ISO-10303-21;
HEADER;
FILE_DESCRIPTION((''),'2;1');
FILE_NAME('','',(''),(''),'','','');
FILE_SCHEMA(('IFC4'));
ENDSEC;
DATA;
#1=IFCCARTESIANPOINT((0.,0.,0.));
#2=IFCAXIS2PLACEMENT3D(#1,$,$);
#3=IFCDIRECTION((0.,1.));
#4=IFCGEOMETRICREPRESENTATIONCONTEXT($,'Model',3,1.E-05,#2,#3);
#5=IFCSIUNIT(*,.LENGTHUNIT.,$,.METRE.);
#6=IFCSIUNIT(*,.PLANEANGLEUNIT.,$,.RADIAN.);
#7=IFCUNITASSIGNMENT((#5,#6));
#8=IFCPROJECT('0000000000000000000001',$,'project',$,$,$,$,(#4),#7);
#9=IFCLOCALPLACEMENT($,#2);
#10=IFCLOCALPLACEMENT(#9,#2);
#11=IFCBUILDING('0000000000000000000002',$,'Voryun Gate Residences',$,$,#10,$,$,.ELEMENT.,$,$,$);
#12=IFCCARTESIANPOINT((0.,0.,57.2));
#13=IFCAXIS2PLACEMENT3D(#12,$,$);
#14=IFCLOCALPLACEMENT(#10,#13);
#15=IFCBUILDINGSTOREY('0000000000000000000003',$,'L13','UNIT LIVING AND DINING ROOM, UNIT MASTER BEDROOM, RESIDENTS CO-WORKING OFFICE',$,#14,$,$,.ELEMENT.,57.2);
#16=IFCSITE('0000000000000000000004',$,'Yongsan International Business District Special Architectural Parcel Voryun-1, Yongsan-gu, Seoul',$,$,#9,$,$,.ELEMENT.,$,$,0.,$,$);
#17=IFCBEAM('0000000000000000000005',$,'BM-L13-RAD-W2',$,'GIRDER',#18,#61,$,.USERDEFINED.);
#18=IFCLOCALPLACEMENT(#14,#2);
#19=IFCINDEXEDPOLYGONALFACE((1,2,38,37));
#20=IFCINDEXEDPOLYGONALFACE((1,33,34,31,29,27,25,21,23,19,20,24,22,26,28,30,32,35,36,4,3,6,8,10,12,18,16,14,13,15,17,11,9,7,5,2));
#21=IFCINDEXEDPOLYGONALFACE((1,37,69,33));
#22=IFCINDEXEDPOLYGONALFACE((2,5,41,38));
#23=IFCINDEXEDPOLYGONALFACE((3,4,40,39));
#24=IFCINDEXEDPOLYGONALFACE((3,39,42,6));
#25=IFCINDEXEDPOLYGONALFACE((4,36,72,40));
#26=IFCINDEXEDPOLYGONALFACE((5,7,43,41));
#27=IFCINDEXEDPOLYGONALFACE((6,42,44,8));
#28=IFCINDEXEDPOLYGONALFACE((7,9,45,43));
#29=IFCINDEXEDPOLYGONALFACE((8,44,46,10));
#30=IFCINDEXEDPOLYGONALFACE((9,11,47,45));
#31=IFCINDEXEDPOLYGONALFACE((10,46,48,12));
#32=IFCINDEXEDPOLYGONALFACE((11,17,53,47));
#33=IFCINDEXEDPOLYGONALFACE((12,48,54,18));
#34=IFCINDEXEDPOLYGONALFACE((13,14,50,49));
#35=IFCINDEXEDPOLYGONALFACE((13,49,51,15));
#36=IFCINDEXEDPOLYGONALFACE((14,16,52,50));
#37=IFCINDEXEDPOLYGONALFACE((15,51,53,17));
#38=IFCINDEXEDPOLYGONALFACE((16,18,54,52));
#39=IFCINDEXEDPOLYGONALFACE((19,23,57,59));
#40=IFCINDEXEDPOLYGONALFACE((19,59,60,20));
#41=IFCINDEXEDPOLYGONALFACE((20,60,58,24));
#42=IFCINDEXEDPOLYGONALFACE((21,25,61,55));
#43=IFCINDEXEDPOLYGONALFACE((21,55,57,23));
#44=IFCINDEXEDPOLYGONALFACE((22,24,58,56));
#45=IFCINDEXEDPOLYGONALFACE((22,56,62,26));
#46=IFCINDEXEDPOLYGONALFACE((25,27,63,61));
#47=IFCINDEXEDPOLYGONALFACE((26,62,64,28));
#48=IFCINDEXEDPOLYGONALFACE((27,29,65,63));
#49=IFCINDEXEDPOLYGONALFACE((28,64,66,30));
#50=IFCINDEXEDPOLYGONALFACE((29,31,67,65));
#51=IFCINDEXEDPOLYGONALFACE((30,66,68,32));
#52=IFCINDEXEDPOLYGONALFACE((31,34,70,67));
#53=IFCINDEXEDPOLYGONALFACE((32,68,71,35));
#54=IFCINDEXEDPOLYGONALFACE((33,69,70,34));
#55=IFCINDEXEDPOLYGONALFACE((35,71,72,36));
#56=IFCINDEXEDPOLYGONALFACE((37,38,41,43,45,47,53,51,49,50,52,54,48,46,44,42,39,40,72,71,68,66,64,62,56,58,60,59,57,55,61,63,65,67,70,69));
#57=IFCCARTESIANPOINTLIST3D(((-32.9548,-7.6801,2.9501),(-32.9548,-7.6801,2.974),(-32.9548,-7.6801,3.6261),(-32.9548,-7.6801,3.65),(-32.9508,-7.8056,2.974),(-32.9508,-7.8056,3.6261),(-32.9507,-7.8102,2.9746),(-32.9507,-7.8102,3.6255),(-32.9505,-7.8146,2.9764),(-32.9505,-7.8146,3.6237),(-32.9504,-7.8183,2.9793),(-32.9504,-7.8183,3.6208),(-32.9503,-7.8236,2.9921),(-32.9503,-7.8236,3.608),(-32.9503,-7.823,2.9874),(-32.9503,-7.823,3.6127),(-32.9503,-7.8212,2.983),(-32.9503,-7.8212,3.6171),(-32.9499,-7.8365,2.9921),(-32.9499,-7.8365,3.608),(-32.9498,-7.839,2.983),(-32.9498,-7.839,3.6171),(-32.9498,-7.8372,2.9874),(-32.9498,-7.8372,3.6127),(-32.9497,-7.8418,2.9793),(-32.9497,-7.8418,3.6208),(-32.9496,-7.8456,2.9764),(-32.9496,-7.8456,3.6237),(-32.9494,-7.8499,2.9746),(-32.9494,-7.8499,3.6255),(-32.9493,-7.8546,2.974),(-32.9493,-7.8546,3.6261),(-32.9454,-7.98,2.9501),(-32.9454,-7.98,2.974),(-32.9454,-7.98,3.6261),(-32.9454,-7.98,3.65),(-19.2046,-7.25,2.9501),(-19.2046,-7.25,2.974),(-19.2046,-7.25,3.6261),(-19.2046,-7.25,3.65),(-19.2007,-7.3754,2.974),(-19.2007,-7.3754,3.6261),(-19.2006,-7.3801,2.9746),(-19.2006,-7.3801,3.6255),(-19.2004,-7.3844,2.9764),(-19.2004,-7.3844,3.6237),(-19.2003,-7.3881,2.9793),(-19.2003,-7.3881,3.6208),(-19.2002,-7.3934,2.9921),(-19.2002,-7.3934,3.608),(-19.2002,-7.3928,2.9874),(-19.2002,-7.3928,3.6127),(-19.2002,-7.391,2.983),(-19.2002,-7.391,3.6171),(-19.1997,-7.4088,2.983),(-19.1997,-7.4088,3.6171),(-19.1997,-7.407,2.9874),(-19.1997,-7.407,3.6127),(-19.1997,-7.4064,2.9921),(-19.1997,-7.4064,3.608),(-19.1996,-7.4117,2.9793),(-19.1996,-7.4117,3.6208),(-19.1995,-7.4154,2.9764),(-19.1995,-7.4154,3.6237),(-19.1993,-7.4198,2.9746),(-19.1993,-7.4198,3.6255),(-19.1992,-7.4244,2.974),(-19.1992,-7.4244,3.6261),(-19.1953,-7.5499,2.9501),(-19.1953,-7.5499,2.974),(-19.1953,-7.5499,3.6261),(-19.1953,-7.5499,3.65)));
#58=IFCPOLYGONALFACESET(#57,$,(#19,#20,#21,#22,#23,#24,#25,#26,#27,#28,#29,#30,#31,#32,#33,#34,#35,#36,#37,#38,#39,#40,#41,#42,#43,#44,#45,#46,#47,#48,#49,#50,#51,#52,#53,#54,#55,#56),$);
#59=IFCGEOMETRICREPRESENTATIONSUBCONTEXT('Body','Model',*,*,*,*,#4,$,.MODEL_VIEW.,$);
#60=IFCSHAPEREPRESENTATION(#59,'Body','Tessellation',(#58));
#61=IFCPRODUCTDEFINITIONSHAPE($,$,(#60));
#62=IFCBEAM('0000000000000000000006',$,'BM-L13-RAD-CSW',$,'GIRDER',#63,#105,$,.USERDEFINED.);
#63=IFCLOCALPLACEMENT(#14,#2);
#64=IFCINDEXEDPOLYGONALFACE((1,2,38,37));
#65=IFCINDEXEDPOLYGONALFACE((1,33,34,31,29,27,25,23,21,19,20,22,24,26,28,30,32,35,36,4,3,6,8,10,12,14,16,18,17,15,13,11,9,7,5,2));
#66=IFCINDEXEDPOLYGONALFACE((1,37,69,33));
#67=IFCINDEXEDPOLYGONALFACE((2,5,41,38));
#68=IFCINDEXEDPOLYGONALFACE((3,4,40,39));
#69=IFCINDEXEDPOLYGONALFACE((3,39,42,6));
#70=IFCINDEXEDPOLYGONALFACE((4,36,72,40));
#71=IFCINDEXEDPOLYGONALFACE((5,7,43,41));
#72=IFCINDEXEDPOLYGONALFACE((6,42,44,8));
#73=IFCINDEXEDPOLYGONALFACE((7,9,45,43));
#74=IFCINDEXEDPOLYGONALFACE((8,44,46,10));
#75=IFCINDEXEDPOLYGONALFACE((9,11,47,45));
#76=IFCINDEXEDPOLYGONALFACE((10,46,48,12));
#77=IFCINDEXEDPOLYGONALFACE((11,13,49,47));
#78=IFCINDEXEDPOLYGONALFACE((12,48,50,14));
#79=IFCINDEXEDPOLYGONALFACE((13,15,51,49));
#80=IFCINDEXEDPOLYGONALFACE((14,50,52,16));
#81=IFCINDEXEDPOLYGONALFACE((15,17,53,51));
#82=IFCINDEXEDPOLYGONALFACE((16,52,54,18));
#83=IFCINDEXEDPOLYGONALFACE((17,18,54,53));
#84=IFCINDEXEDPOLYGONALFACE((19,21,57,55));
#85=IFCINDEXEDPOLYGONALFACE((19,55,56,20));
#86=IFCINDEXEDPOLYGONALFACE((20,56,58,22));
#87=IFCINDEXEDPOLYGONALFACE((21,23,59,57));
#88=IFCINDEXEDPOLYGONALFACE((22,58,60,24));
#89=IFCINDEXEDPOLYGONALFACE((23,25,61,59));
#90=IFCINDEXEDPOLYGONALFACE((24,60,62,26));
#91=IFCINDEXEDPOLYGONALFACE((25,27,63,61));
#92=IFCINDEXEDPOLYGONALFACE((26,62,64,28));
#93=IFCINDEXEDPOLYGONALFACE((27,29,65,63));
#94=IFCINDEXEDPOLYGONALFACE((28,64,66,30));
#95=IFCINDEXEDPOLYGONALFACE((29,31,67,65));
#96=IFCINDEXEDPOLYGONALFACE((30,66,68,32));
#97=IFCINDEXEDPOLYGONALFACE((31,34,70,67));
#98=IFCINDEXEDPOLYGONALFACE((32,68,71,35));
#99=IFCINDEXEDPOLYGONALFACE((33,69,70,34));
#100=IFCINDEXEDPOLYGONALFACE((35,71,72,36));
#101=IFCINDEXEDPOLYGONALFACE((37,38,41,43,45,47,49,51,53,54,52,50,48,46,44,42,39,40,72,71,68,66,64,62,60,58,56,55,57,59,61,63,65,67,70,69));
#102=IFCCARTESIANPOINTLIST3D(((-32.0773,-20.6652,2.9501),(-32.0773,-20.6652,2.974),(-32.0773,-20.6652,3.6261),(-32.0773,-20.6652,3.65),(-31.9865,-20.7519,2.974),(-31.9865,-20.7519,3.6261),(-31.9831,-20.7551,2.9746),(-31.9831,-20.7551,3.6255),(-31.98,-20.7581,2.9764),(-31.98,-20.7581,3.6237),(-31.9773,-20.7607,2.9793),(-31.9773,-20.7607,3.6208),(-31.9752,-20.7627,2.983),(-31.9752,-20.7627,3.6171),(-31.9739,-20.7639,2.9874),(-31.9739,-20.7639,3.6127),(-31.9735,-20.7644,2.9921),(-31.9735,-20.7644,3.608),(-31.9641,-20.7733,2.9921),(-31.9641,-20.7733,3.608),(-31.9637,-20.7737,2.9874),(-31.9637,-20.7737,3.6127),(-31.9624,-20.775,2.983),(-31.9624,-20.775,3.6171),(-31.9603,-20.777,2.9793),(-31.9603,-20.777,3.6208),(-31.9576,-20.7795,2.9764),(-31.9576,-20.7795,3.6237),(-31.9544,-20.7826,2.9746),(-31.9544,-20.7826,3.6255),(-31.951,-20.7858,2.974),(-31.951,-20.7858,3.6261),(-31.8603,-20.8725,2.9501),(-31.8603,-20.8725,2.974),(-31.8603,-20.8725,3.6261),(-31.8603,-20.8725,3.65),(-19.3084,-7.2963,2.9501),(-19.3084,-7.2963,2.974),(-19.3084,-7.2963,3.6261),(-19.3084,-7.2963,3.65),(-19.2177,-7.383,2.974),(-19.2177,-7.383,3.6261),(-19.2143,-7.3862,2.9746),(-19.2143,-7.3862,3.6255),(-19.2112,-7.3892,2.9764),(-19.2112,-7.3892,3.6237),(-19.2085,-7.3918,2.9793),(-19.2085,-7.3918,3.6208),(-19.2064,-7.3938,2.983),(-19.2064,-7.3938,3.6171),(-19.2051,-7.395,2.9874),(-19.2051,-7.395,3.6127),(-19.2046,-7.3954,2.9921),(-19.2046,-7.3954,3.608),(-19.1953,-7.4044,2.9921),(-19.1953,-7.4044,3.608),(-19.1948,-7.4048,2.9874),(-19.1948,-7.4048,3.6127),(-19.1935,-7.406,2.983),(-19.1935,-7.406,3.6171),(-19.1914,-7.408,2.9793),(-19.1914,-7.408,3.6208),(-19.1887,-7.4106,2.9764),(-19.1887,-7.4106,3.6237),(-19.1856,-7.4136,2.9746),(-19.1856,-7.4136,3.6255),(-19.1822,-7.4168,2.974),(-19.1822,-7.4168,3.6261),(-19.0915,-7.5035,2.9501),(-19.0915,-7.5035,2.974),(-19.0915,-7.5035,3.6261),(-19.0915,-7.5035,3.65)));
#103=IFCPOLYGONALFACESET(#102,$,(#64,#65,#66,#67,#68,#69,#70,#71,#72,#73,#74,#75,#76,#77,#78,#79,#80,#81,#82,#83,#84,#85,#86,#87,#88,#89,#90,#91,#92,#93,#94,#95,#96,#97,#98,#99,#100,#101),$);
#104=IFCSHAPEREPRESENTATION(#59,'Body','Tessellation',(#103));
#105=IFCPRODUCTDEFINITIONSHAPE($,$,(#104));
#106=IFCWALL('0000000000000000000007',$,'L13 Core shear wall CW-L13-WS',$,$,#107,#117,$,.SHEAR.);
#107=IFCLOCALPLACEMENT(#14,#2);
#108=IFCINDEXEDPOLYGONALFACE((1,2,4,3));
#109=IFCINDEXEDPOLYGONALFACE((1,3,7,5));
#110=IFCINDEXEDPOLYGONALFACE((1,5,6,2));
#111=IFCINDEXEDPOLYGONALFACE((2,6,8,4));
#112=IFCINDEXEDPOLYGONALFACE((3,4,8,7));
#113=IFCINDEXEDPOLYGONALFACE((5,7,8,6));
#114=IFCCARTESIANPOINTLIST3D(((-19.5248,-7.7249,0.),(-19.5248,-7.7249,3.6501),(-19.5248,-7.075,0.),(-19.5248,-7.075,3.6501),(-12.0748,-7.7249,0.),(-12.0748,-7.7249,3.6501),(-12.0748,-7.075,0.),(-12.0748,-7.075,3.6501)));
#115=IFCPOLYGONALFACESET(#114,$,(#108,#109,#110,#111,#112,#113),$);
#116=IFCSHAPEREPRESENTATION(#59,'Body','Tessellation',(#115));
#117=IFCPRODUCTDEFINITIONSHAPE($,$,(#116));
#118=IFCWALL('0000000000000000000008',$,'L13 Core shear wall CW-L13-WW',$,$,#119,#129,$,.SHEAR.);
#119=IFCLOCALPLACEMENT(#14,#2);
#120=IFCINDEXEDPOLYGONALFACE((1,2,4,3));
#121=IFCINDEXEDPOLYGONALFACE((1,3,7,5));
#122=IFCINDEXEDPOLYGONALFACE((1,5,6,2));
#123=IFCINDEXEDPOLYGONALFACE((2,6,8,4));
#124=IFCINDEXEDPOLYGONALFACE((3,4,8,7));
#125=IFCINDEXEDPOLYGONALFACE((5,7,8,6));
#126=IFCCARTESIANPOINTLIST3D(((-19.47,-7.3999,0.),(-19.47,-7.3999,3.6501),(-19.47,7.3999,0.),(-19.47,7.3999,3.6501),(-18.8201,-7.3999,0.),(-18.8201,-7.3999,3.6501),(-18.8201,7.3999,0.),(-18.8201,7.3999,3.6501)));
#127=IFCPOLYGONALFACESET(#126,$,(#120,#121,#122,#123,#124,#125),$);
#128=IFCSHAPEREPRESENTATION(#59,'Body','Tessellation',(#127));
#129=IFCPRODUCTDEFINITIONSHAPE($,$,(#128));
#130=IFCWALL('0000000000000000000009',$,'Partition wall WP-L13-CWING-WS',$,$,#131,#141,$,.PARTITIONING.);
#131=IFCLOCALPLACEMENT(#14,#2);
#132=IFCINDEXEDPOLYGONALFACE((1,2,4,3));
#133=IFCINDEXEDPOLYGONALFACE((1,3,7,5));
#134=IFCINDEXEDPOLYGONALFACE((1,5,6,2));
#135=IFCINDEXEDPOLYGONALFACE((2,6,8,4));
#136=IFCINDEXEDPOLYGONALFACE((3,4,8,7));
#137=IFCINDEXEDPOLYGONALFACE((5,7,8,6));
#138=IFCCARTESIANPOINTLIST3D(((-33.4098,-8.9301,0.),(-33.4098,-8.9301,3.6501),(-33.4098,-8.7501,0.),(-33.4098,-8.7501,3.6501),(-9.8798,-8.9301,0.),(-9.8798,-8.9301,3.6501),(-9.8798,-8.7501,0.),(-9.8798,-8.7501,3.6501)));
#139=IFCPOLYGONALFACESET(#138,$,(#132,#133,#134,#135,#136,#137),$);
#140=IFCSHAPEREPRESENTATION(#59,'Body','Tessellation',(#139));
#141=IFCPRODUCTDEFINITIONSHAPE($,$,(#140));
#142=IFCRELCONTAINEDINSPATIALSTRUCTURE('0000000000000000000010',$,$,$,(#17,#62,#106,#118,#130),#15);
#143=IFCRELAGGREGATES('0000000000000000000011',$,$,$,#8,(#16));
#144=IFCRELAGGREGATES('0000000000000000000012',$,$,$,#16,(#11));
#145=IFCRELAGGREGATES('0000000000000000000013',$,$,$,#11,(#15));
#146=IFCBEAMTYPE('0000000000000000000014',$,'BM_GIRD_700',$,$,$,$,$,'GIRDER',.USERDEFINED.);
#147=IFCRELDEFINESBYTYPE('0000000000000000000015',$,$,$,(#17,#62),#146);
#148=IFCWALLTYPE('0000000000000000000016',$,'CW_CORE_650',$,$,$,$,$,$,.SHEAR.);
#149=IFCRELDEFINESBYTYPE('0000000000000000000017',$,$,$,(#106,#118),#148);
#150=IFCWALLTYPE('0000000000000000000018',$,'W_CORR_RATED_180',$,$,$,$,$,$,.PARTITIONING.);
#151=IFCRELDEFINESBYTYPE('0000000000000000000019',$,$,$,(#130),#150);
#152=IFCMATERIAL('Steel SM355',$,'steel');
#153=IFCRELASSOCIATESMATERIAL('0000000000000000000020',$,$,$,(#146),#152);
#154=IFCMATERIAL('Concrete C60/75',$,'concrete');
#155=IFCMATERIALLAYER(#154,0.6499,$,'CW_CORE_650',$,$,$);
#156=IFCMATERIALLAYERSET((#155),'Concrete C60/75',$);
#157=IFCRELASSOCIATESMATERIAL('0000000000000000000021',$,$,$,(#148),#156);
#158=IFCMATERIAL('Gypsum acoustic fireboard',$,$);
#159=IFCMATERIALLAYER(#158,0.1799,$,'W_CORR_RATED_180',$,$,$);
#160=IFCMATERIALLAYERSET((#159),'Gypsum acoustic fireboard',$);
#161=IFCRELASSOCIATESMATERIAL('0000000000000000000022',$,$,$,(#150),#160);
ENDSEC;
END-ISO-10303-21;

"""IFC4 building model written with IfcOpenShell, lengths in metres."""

from ifc_helpers import new_model, si_unit, direction, frame, frame_2d, origin, origin_2d, place, context, subcontext, project, spatial, rectangle, i_section, extrude, material, layer, layer_set, material_profile, profile_set, type_object, element, save


model = new_model("IFC4")

# Units and contexts
model_context = context("Model", 3, precision=1e-05, world=origin(), true_north=direction((0.0, 1.0)))
body_context = subcontext(model_context, "Body", "Model", "MODEL_VIEW")
ifc_project = project(units=[si_unit("LENGTHUNIT", "METRE"), si_unit("PLANEANGLEUNIT", "RADIAN")], contexts=[model_context])

# Site, building, storey
site_placement = place(None, origin())
site = spatial("IfcSite", under=ifc_project, at=site_placement, Name="Yongsan International Business District Special Architectural Parcel Voryun-1, Yongsan-gu, Seoul", CompositionType="ELEMENT", RefElevation=0.0)
building_placement = place(site_placement, origin())
building = spatial("IfcBuilding", under=site, at=building_placement, Name="Voryun Gate Residences", CompositionType="ELEMENT")
storey_placement = place(building_placement, frame((0.0, 0.0, 57.2)))
storey = spatial("IfcBuildingStorey", under=building, at=storey_placement, Name="L13", Description="UNIT LIVING AND DINING ROOM, UNIT MASTER BEDROOM, RESIDENTS CO-WORKING OFFICE", CompositionType="ELEMENT", Elevation=57.2)

# Beams
ifc_material_1 = material(Name="Steel SM355", Category="steel")
ifc_material_profile_1 = material_profile(ifc_material_1, i_section(OverallWidth=0.3, OverallDepth=0.7, WebThickness=0.0129, FlangeThickness=0.0239, FilletRadius=0.0181, at=origin_2d()), Name="H-700x300x13x24")
ifc_profile_set_1 = profile_set([ifc_material_profile_1], Name="Steel SM355")
beam_type_1 = type_object("IfcBeamType", Name="BM_GIRD_700", ElementType="GIRDER", PredefinedType="USERDEFINED", material=ifc_profile_set_1)
beam_1_placement = place(storey_placement, frame((-19.2, -7.3999, 3.3), z_axis=(-0.999511, -0.03127, 0.0), x_axis=(0.03127, -0.999511, 0.0)))
element("IfcBeam", 1, at=beam_1_placement, inside=storey, type_object=beam_type_1, Name="BM-L13-RAD-W2", ObjectType="GIRDER", PredefinedType="USERDEFINED", context=body_context, shape_type="SweptSolid", body=[
    extrude(i_section(OverallWidth=0.3, OverallDepth=0.7, WebThickness=0.0129, FlangeThickness=0.0239, FilletRadius=0.0181, at=origin_2d()), origin(), (0.0, 0.0, 1.0), 13.7568),
])
beam_2_placement = place(storey_placement, frame((-19.2, -7.3999, 3.3), z_axis=(-0.69069, -0.723151, 0.0), x_axis=(0.723151, -0.69069, 0.0)))
element("IfcBeam", 2, at=beam_2_placement, inside=storey, type_object=beam_type_1, Name="BM-L13-RAD-CSW", ObjectType="GIRDER", PredefinedType="USERDEFINED", context=body_context, shape_type="SweptSolid", body=[
    extrude(i_section(OverallWidth=0.3, OverallDepth=0.7, WebThickness=0.0129, FlangeThickness=0.0239, FilletRadius=0.0181, at=origin_2d()), origin(), (0.0, 0.0, 1.0), 18.4871),
])

# Walls
ifc_material_2 = material(Name="Concrete C60/75", Category="concrete")
ifc_layer_1 = layer(ifc_material_2, 0.6499, Name="CW_CORE_650")
ifc_layer_set_1 = layer_set([ifc_layer_1], Name="Concrete C60/75")
wall_type_1 = type_object("IfcWallType", Name="CW_CORE_650", PredefinedType="SHEAR", material=ifc_layer_set_1)
wall_1_placement = place(storey_placement, frame((-19.5249, -7.3999, 0.0), z_axis=(0.0, 0.0, 1.0), x_axis=(1.0, 0.0, 0.0)))
element("IfcWall", 3, at=wall_1_placement, inside=storey, type_object=wall_type_1, Name="L13 Core shear wall CW-L13-WS", PredefinedType="SHEAR", context=body_context, shape_type="SweptSolid", body=[
    extrude(rectangle(XDim=7.45, YDim=0.6499, at=frame_2d((3.7251, 0.0))), origin(), (0.0, 0.0, 1.0), 3.6501),
])
wall_2_placement = place(storey_placement, frame((-19.145, -7.3999, 0.0), z_axis=(0.0, 0.0, 1.0), x_axis=(0.0, 1.0, 0.0)))
element("IfcWall", 4, at=wall_2_placement, inside=storey, type_object=wall_type_1, Name="L13 Core shear wall CW-L13-WW", PredefinedType="SHEAR", context=body_context, shape_type="SweptSolid", body=[
    extrude(rectangle(XDim=14.7998, YDim=0.6499, at=frame_2d((7.3999, 0.0))), origin(), (0.0, 0.0, 1.0), 3.6501),
])
ifc_material_3 = material(Name="Gypsum acoustic fireboard")
ifc_layer_2 = layer(ifc_material_3, 0.1799, Name="W_CORR_RATED_180")
ifc_layer_set_2 = layer_set([ifc_layer_2], Name="Gypsum acoustic fireboard")
wall_type_2 = type_object("IfcWallType", Name="W_CORR_RATED_180", PredefinedType="PARTITIONING", material=ifc_layer_set_2)
wall_3_placement = place(storey_placement, frame((-33.4099, -8.8401, 0.0), z_axis=(0.0, 0.0, 1.0), x_axis=(1.0, 0.0, 0.0)))
element("IfcWall", 5, at=wall_3_placement, inside=storey, type_object=wall_type_2, Name="Partition wall WP-L13-CWING-WS", PredefinedType="PARTITIONING", context=body_context, shape_type="SweptSolid", body=[
    extrude(rectangle(XDim=23.53, YDim=0.1799, at=frame_2d((11.7651, 0.0))), origin(), (0.0, 0.0, 1.0), 3.6501),
])

save(model, "model.ifc")
